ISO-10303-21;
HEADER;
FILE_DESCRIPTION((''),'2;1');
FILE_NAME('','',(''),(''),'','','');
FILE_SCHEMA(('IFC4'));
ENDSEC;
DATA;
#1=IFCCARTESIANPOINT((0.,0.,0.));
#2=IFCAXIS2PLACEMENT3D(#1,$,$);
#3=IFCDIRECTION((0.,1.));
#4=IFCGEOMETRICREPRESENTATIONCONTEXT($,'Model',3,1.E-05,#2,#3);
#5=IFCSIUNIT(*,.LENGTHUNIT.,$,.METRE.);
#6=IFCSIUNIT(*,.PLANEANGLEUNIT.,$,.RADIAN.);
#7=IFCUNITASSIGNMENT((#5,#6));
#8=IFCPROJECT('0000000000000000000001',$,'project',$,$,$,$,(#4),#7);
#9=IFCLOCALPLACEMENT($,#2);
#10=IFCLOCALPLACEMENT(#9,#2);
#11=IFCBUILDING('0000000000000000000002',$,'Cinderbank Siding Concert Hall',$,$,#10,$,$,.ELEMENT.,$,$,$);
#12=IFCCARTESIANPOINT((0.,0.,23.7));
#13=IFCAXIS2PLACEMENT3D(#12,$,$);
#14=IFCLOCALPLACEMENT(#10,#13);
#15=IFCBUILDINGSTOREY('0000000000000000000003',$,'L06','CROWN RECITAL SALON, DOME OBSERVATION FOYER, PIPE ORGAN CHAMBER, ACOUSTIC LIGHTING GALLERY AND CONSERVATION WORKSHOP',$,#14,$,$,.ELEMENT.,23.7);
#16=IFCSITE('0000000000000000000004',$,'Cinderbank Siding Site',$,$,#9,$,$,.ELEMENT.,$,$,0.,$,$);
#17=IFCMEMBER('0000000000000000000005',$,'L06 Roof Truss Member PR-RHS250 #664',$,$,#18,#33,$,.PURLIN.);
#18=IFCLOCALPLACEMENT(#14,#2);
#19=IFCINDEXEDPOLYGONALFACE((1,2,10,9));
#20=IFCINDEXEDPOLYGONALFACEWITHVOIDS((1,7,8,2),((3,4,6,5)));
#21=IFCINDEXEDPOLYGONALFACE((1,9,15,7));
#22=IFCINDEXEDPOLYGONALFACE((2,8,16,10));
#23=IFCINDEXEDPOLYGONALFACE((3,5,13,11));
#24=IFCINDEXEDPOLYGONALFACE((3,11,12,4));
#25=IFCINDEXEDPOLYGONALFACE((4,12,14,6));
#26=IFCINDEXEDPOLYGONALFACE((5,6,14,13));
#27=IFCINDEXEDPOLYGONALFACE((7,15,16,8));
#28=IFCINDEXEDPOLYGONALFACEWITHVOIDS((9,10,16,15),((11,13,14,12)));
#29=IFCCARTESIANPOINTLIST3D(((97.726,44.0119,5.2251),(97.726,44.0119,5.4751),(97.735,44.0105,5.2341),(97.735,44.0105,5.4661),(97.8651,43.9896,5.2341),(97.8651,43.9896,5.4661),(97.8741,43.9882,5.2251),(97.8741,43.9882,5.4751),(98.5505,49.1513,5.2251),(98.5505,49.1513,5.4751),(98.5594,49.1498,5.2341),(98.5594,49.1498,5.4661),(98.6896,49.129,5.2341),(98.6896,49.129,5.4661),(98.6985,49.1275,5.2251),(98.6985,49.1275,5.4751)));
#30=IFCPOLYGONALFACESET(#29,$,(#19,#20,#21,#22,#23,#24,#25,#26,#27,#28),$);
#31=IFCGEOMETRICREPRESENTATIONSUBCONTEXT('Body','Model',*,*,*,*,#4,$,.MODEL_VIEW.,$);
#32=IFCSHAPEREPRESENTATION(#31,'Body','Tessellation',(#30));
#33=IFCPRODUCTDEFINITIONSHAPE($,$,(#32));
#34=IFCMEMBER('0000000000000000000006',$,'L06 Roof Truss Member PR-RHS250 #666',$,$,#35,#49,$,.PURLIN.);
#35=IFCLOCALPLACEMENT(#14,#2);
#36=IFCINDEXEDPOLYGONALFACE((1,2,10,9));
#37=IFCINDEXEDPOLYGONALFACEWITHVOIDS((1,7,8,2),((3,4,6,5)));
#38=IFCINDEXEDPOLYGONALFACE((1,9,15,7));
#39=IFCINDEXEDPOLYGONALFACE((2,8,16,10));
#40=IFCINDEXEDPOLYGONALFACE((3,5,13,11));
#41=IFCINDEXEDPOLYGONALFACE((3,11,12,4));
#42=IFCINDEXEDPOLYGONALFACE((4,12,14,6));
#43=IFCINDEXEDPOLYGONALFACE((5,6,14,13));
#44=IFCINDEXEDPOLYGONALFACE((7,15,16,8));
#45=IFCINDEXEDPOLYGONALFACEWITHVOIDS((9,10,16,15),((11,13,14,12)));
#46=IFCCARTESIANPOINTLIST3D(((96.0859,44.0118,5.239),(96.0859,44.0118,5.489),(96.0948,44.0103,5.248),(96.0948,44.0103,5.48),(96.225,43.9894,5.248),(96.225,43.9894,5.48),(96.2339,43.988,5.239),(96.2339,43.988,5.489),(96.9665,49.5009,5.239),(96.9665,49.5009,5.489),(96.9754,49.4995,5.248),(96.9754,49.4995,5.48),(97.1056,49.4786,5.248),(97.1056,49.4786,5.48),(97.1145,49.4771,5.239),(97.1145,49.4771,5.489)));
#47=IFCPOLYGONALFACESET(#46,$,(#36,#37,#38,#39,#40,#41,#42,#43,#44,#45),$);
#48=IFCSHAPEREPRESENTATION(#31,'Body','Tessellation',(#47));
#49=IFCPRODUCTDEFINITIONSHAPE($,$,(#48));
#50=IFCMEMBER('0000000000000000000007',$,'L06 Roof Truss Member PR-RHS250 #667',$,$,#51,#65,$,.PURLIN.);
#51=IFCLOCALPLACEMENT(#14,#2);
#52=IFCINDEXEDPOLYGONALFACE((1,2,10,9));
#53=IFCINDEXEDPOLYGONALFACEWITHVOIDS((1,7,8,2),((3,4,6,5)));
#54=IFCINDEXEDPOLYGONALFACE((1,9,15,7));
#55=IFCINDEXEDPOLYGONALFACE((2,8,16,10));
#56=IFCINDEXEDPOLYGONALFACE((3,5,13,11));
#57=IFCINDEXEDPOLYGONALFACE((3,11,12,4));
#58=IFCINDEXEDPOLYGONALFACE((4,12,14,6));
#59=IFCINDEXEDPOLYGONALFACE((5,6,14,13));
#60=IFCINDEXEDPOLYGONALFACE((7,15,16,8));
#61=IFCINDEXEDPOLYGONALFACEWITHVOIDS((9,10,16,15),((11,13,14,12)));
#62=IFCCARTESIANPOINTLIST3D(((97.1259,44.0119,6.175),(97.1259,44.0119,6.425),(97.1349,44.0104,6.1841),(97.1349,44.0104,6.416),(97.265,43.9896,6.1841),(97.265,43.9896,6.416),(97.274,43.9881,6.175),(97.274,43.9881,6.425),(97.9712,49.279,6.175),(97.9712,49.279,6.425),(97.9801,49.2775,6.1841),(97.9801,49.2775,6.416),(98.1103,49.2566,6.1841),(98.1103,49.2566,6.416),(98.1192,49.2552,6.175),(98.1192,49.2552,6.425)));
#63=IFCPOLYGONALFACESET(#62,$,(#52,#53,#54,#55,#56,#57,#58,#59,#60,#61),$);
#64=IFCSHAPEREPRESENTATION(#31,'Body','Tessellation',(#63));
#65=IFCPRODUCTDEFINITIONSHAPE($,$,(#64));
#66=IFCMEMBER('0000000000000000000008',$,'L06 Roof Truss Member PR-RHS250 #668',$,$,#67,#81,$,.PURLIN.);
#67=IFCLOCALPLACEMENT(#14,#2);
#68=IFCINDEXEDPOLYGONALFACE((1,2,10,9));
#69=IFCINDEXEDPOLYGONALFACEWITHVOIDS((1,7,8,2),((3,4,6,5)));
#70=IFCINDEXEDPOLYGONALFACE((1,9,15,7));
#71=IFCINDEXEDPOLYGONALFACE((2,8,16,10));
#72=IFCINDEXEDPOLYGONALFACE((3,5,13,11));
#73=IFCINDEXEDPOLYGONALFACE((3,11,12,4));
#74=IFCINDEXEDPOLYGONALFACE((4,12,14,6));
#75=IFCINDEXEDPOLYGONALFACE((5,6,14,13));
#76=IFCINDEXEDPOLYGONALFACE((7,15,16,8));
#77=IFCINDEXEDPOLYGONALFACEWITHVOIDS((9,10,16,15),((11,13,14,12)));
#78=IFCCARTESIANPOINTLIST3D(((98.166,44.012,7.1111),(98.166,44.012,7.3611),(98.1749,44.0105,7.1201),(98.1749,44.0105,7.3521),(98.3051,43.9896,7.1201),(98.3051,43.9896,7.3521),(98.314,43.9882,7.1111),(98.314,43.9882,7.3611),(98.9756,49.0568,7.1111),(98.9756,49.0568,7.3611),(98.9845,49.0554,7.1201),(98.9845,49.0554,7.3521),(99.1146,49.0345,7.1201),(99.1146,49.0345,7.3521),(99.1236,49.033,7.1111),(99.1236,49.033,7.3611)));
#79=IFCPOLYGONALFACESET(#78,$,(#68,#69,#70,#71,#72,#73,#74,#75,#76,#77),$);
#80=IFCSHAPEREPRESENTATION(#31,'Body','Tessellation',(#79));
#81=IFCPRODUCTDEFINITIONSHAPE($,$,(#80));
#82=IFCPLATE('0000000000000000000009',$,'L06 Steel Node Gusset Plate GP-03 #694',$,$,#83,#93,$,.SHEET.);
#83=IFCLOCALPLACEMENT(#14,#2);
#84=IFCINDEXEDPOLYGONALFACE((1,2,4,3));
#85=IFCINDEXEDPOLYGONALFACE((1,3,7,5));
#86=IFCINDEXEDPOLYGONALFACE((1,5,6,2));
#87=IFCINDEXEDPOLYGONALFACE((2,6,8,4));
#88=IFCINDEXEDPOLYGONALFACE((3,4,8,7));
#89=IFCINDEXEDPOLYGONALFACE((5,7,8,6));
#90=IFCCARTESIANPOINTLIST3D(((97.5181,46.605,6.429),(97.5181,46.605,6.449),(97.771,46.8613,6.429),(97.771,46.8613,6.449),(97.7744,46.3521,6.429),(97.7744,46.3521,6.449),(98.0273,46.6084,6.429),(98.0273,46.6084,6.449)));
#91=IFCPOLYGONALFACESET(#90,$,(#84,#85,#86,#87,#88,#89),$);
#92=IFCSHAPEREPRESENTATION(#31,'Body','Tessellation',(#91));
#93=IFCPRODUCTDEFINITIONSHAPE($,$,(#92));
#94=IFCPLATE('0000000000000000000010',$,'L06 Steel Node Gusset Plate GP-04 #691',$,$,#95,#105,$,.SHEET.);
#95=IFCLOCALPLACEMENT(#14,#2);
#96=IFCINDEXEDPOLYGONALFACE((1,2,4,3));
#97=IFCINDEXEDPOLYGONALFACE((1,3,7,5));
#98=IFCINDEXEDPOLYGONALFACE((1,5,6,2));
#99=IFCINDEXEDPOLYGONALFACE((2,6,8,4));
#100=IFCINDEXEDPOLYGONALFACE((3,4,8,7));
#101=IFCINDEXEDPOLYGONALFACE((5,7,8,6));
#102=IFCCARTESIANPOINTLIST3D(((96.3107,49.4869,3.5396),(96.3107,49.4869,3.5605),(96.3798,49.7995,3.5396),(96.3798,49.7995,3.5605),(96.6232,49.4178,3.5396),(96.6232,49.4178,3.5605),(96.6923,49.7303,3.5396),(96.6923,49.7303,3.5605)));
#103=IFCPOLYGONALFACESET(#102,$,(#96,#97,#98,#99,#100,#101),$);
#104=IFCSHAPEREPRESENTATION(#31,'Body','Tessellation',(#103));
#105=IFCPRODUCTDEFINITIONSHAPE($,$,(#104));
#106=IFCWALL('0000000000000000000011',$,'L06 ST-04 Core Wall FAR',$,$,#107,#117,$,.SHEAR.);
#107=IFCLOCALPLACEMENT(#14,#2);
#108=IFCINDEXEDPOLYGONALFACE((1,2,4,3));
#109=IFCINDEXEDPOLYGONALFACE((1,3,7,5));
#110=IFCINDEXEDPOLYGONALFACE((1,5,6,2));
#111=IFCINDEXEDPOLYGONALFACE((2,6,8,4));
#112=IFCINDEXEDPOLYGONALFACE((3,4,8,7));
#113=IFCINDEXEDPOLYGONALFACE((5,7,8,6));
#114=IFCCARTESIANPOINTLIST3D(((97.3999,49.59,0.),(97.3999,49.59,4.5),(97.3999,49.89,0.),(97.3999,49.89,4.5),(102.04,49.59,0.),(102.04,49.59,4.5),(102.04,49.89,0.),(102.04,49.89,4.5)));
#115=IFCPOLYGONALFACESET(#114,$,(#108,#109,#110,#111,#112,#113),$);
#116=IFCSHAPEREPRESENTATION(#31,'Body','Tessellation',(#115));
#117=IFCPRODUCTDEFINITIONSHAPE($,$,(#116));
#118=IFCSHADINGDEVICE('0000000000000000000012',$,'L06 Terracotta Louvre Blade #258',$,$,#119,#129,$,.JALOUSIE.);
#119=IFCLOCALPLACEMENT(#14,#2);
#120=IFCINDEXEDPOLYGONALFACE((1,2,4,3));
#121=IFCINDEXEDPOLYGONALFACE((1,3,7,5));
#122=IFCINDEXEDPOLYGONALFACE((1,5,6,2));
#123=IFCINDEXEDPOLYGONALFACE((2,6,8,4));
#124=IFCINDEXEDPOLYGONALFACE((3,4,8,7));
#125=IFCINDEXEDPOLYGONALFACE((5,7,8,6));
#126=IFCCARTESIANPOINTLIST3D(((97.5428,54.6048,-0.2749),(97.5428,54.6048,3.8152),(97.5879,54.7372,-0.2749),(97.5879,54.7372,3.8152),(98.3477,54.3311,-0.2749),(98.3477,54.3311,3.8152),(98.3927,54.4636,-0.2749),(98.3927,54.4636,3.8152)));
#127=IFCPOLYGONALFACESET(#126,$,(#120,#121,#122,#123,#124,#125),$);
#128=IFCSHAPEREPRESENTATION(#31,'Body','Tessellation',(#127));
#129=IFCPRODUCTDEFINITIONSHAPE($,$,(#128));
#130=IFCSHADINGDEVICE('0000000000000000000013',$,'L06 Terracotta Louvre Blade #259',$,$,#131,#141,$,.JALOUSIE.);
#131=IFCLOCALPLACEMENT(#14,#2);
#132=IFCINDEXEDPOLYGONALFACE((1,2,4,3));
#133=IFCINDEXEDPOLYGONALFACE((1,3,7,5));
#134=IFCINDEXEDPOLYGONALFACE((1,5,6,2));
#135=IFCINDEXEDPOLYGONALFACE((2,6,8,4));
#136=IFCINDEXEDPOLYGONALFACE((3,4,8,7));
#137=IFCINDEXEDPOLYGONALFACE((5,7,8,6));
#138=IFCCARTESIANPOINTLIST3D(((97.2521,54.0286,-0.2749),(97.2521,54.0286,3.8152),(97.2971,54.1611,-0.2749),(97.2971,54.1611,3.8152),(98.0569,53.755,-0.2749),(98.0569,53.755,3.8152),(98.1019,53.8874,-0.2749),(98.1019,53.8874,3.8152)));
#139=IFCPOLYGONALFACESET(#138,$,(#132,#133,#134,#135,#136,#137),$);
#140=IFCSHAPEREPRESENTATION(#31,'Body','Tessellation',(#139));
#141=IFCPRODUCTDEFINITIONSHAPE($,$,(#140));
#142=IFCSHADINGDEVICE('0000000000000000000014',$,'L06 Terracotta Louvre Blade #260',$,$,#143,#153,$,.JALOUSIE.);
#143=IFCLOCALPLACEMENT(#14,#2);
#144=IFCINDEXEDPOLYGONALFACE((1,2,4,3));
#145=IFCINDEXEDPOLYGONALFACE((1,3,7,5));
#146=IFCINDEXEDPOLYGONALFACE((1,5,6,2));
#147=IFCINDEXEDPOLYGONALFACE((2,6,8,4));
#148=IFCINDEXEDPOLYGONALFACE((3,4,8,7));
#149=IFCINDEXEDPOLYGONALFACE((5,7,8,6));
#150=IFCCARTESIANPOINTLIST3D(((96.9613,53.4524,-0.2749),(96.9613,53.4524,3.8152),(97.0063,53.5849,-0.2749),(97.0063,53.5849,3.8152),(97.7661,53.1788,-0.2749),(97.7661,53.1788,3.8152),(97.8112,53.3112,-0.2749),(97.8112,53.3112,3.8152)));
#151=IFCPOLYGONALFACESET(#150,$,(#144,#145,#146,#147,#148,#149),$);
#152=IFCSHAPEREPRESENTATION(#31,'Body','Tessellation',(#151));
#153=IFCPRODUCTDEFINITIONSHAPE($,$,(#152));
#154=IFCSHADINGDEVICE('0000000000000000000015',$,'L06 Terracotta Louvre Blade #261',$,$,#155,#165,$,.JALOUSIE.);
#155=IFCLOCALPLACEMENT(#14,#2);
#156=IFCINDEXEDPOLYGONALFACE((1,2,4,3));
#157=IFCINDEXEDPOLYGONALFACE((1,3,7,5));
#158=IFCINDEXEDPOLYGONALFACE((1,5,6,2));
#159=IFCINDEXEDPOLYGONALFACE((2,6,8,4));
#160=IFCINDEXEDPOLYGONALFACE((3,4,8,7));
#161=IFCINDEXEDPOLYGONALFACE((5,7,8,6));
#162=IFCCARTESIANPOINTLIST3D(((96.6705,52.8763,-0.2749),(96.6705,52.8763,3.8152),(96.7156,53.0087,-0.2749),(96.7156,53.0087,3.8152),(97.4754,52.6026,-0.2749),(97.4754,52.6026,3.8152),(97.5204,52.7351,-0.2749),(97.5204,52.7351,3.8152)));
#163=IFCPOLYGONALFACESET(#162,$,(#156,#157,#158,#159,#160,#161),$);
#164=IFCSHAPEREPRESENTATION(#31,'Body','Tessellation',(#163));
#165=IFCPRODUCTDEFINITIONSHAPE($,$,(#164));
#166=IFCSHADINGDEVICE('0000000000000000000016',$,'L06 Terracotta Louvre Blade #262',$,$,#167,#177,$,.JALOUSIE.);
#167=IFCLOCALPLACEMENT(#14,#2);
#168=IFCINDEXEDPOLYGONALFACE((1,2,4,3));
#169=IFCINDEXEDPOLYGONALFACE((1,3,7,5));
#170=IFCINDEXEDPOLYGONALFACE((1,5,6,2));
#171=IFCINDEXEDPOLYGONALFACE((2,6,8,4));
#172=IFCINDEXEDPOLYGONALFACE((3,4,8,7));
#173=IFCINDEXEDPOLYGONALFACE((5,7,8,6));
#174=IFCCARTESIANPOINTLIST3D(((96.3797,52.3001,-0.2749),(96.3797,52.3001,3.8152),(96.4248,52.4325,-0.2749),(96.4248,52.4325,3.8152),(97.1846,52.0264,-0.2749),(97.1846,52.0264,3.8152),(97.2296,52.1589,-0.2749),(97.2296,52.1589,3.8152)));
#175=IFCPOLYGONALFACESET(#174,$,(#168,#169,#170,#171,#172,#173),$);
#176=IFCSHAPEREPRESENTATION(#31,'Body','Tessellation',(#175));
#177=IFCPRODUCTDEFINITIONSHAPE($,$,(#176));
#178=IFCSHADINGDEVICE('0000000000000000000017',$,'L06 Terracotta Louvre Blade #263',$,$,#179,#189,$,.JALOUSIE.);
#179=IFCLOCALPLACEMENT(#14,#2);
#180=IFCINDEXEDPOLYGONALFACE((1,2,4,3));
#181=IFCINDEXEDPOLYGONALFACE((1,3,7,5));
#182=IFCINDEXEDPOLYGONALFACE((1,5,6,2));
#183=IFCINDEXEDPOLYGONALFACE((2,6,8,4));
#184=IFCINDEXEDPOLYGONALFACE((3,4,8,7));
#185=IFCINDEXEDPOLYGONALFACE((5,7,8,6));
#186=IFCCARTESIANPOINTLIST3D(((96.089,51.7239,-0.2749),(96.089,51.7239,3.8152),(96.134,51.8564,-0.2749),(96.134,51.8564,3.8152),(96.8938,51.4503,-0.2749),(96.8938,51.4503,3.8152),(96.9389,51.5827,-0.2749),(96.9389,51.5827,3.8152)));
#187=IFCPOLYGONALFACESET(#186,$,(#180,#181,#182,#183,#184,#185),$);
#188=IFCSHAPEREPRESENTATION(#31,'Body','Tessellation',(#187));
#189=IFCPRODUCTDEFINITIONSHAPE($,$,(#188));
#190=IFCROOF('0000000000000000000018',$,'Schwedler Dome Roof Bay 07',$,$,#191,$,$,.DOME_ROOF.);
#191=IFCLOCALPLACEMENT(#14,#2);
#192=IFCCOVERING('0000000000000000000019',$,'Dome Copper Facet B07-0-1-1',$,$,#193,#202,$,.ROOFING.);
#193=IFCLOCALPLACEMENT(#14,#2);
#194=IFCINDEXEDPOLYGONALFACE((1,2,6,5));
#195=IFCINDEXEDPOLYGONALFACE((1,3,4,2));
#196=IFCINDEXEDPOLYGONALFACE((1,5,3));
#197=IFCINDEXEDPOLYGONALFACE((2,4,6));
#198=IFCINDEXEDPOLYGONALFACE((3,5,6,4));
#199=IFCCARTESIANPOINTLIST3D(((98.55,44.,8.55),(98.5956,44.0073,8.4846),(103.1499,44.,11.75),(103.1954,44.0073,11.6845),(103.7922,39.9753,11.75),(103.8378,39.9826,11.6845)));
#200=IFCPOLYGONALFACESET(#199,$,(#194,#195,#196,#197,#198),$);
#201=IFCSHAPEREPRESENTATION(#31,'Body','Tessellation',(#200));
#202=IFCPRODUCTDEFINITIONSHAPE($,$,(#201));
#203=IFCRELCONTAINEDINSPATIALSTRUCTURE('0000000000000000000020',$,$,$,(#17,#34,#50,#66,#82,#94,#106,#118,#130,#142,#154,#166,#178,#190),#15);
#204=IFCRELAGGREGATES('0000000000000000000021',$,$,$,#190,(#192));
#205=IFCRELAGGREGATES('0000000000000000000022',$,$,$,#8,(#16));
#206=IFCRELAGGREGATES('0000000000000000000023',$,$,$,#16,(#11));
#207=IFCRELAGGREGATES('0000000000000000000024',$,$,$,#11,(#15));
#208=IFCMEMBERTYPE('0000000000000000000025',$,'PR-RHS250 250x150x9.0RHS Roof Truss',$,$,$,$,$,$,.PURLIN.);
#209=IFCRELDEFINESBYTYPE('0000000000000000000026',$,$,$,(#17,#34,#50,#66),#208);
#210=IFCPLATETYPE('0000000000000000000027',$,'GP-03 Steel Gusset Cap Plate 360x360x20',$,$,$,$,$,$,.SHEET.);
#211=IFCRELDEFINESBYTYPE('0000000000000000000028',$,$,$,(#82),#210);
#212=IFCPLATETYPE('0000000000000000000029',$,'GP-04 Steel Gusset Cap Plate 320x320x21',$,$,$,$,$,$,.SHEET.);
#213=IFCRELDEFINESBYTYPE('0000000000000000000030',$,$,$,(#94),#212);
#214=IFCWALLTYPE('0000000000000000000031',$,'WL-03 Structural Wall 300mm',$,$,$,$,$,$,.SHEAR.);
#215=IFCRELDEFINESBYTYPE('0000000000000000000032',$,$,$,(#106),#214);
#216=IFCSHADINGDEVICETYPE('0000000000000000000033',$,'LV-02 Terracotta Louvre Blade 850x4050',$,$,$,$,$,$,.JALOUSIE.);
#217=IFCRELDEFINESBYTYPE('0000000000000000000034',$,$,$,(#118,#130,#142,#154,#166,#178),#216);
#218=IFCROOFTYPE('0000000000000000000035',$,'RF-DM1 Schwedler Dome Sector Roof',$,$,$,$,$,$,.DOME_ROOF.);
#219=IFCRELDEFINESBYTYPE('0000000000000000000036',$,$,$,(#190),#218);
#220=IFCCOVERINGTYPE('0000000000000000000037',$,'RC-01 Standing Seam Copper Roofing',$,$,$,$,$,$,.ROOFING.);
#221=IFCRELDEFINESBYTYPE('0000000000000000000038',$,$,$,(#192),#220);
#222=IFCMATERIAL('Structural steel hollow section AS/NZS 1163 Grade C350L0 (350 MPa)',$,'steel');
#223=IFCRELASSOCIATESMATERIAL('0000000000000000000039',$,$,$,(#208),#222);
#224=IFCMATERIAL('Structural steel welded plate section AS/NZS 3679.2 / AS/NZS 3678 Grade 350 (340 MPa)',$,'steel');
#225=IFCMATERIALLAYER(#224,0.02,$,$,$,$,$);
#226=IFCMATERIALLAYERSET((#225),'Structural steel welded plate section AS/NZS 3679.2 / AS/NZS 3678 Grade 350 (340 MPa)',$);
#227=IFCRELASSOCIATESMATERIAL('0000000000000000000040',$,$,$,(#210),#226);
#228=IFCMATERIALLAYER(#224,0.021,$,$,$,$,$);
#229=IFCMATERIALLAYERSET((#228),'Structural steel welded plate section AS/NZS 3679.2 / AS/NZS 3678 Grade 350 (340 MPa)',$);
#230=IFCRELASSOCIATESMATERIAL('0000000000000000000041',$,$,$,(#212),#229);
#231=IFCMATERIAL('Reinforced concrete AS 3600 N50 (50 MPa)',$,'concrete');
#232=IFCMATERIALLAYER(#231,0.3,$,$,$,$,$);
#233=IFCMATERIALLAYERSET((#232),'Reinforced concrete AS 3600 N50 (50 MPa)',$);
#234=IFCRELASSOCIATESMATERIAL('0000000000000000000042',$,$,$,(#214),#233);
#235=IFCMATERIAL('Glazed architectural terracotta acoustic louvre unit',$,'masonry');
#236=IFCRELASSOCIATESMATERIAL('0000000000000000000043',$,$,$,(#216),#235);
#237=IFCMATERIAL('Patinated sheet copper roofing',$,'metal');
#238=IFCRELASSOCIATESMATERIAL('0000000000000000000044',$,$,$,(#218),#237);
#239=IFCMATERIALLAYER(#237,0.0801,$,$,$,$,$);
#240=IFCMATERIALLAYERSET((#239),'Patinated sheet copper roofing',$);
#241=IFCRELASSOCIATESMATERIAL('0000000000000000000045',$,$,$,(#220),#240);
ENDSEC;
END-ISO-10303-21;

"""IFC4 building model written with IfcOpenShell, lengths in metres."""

from ifc_helpers import new_model, si_unit, direction, frame, frame_2d, origin, origin_2d, place, context, subcontext, project, spatial, polyline, rectangle, hollow_rectangle, outline, extrude, material, layer, layer_set, material_profile, profile_set, type_object, element, aggregate, save


model = new_model("IFC4")

# Units and contexts
model_context = context("Model", 3, precision=1e-05, world=origin(), true_north=direction((0.0, 1.0)))
body_context = subcontext(model_context, "Body", "Model", "MODEL_VIEW")
ifc_project = project(units=[si_unit("LENGTHUNIT", "METRE"), si_unit("PLANEANGLEUNIT", "RADIAN")], contexts=[model_context])

# Site, building, storey
site_placement = place(None, origin())
site = spatial("IfcSite", under=ifc_project, at=site_placement, Name="Cinderbank Siding Site", CompositionType="ELEMENT", RefElevation=0.0)
building_placement = place(site_placement, origin())
building = spatial("IfcBuilding", under=site, at=building_placement, Name="Cinderbank Siding Concert Hall", CompositionType="ELEMENT")
storey_placement = place(building_placement, frame((0.0, 0.0, 23.7)))
storey = spatial("IfcBuildingStorey", under=building, at=storey_placement, Name="L06", Description="CROWN RECITAL SALON, DOME OBSERVATION FOYER, PIPE ORGAN CHAMBER, ACOUSTIC LIGHTING GALLERY AND CONSERVATION WORKSHOP", CompositionType="ELEMENT", Elevation=23.7)

# Shared definitions
ifc_material_1 = material(Name="Structural steel welded plate section AS/NZS 3679.2 / AS/NZS 3678 Grade 350 (340 MPa)", Category="steel")

# Members
ifc_material_2 = material(Name="Structural steel hollow section AS/NZS 1163 Grade C350L0 (350 MPa)", Category="steel")
ifc_material_profile_1 = material_profile(ifc_material_2, hollow_rectangle(XDim=0.1499, YDim=0.25, WallThickness=0.009, at=origin_2d()), Name="250x150x9.0RHS", Category="LoadBearing")
ifc_profile_set_1 = profile_set([ifc_material_profile_1], Name="Structural steel hollow section AS/NZS 1163 Grade C350L0 (350 MPa)")
member_type_1 = type_object("IfcMemberType", Name="PR-RHS250 250x150x9.0RHS Roof Truss", PredefinedType="PURLIN", material=ifc_profile_set_1)
member_1_placement = place(storey_placement, frame((98.6245, 49.1394, 5.3501), z_axis=(-0.158395, -0.987376, 0.0), x_axis=(0.987376, -0.158395, 0.0)))
element("IfcMember", 1, at=member_1_placement, inside=storey, type_object=member_type_1, Name="L06 Roof Truss Member PR-RHS250 #664", PredefinedType="PURLIN", context=body_context, shape_type="SweptSolid", body=[
    extrude(hollow_rectangle(XDim=0.1499, YDim=0.25, WallThickness=0.009, at=origin_2d()), origin(), (0.0, 0.0, 1.0), 5.2051),
])
member_2_placement = place(storey_placement, frame((97.0405, 49.489, 5.364), z_axis=(-0.158407, -0.987374, 0.0), x_axis=(0.987374, -0.158407, 0.0)))
element("IfcMember", 2, at=member_2_placement, inside=storey, type_object=member_type_1, Name="L06 Roof Truss Member PR-RHS250 #666", PredefinedType="PURLIN", context=body_context, shape_type="SweptSolid", body=[
    extrude(hollow_rectangle(XDim=0.1499, YDim=0.25, WallThickness=0.009, at=origin_2d()), origin(), (0.0, 0.0, 1.0), 5.5593),
])
member_3_placement = place(storey_placement, frame((98.0452, 49.2671, 6.3), z_axis=(-0.158444, -0.987368, 0.0), x_axis=(0.987368, -0.158444, 0.0)))
element("IfcMember", 3, at=member_3_placement, inside=storey, type_object=member_type_1, Name="L06 Roof Truss Member PR-RHS250 #667", PredefinedType="PURLIN", context=body_context, shape_type="SweptSolid", body=[
    extrude(hollow_rectangle(XDim=0.1499, YDim=0.25, WallThickness=0.009, at=origin_2d()), origin(), (0.0, 0.0, 1.0), 5.3345),
])
member_4_placement = place(storey_placement, frame((99.0496, 49.0449, 7.2361), z_axis=(-0.158445, -0.987368, 0.0), x_axis=(0.987368, -0.158445, 0.0)))
element("IfcMember", 4, at=member_4_placement, inside=storey, type_object=member_type_1, Name="L06 Roof Truss Member PR-RHS250 #668", PredefinedType="PURLIN", context=body_context, shape_type="SweptSolid", body=[
    extrude(hollow_rectangle(XDim=0.1499, YDim=0.25, WallThickness=0.009, at=origin_2d()), origin(), (0.0, 0.0, 1.0), 5.1094),
])

# Plates
ifc_layer_1 = layer(ifc_material_1, 0.02)
ifc_layer_set_1 = layer_set([ifc_layer_1], Name="Structural steel welded plate section AS/NZS 3679.2 / AS/NZS 3678 Grade 350 (340 MPa)")
plate_type_1 = type_object("IfcPlateType", Name="GP-03 Steel Gusset Cap Plate 360x360x20", PredefinedType="SHEET", material=ifc_layer_set_1)
plate_1_placement = place(storey_placement, frame((97.7727, 46.6067, 6.429), z_axis=(0.0, 0.0, 1.0), x_axis=(0.702402, 0.711781, 0.0)))
element("IfcPlate", 5, at=plate_1_placement, inside=storey, type_object=plate_type_1, Name="L06 Steel Node Gusset Plate GP-03 #694", PredefinedType="SHEET", context=body_context, shape_type="SweptSolid", body=[
    extrude(rectangle(XDim=0.3601, YDim=0.3601, at=origin_2d()), origin(), (0.0, 0.0, 1.0), 0.02),
])
ifc_layer_2 = layer(ifc_material_1, 0.021)
ifc_layer_set_2 = layer_set([ifc_layer_2], Name="Structural steel welded plate section AS/NZS 3679.2 / AS/NZS 3678 Grade 350 (340 MPa)")
plate_type_2 = type_object("IfcPlateType", Name="GP-04 Steel Gusset Cap Plate 320x320x21", PredefinedType="SHEET", material=ifc_layer_set_2)
plate_2_placement = place(storey_placement, frame((96.5015, 49.6086, 3.5396), z_axis=(0.0, 0.0, 1.0), x_axis=(0.976409, -0.215928, 0.0)))
element("IfcPlate", 6, at=plate_2_placement, inside=storey, type_object=plate_type_2, Name="L06 Steel Node Gusset Plate GP-04 #691", PredefinedType="SHEET", context=body_context, shape_type="SweptSolid", body=[
    extrude(rectangle(XDim=0.3201, YDim=0.3201, at=origin_2d()), origin(), (0.0, 0.0, 1.0), 0.021),
])

# Wall
ifc_material_3 = material(Name="Reinforced concrete AS 3600 N50 (50 MPa)", Category="concrete")
ifc_layer_3 = layer(ifc_material_3, 0.3)
ifc_layer_set_3 = layer_set([ifc_layer_3], Name="Reinforced concrete AS 3600 N50 (50 MPa)")
wall_type = type_object("IfcWallType", Name="WL-03 Structural Wall 300mm", PredefinedType="SHEAR", material=ifc_layer_set_3)
wall_placement = place(storey_placement, frame((97.3999, 49.74, 0.0), z_axis=(0.0, 0.0, 1.0), x_axis=(1.0, 0.0, 0.0)))
element("IfcWall", 7, at=wall_placement, inside=storey, type_object=wall_type, Name="L06 ST-04 Core Wall FAR", PredefinedType="SHEAR", context=body_context, shape_type="SweptSolid", body=[
    extrude(rectangle(XDim=4.6401, YDim=0.3, at=frame_2d((2.3201, 0.0))), origin(), (0.0, 0.0, 1.0), 4.5),
])

# Shading devices
ifc_material_4 = material(Name="Glazed architectural terracotta acoustic louvre unit", Category="masonry")
shading_device_type = type_object("IfcShadingDeviceType", Name="LV-02 Terracotta Louvre Blade 850x4050", PredefinedType="JALOUSIE", material=ifc_material_4)
for number, where, z_axis, x_axis, name in (
    (8, (97.9678, 54.5342, -0.2749), (0.0, 0.0, 1.0), (-0.946765, 0.321924, 0.0), "L06 Terracotta Louvre Blade #258"),
    (9, (97.677, 53.958, -0.2749), (0.0, 0.0, 1.0), (-0.946765, 0.321924, 0.0), "L06 Terracotta Louvre Blade #259"),
    (10, (97.3862, 53.3818, -0.2749), (0.0, 0.0, 1.0), (-0.946765, 0.321924, 0.0), "L06 Terracotta Louvre Blade #260"),
    (11, (97.0955, 52.8057, -0.2749), (0.0, 0.0, 1.0), (-0.946765, 0.321924, 0.0), "L06 Terracotta Louvre Blade #261"),
    (12, (96.8047, 52.2295, -0.2749), (0.0, 0.0, 1.0), (-0.946765, 0.321924, 0.0), "L06 Terracotta Louvre Blade #262"),
    (13, (96.5139, 51.6533, -0.2749), (0.0, 0.0, 1.0), (-0.946765, 0.321924, 0.0), "L06 Terracotta Louvre Blade #263"),
):
    element("IfcShadingDevice", number, at=place(storey_placement, frame(where, z_axis=z_axis, x_axis=x_axis)), inside=storey, type_object=shading_device_type, Name=name, PredefinedType="JALOUSIE", context=body_context, shape_type="SweptSolid", body=[
        extrude(rectangle(XDim=0.8501, YDim=0.1399, at=origin_2d()), origin(), (0.0, 0.0, 1.0), 4.0901),
    ])

# Roof, covering
ifc_material_5 = material(Name="Patinated sheet copper roofing", Category="metal")
roof_type = type_object("IfcRoofType", Name="RF-DM1 Schwedler Dome Sector Roof", PredefinedType="DOME_ROOF", material=ifc_material_5)
roof_placement = place(storey_placement, origin())
roof = element("IfcRoof", 14, at=roof_placement, inside=storey, type_object=roof_type, Name="Schwedler Dome Roof Bay 07", PredefinedType="DOME_ROOF")
ifc_layer_4 = layer(ifc_material_5, 0.0801)
ifc_layer_set_4 = layer_set([ifc_layer_4], Name="Patinated sheet copper roofing")
covering_type = type_object("IfcCoveringType", Name="RC-01 Standing Seam Copper Roofing", PredefinedType="ROOFING", material=ifc_layer_set_4)
covering_placement = place(storey_placement, frame((98.55, 44.0, 8.55), z_axis=(-0.568714, -0.090766, 0.817512), x_axis=(0.713913, -0.548102, 0.435789)))
covering = element("IfcCovering", 15, at=covering_placement, type_object=covering_type, Name="Dome Copper Facet B07-0-1-1", PredefinedType="ROOFING", context=body_context, shape_type="SweptSolid", body=[
    extrude(outline(polyline([(0.0, 0.0), (7.3429, 0.0), (4.6784, 3.084), (0.0, 0.0)])), origin(), (0.0, 0.0, -1.0), 0.0801),
])
aggregate(roof, [covering])

save(model, "model.ifc")
